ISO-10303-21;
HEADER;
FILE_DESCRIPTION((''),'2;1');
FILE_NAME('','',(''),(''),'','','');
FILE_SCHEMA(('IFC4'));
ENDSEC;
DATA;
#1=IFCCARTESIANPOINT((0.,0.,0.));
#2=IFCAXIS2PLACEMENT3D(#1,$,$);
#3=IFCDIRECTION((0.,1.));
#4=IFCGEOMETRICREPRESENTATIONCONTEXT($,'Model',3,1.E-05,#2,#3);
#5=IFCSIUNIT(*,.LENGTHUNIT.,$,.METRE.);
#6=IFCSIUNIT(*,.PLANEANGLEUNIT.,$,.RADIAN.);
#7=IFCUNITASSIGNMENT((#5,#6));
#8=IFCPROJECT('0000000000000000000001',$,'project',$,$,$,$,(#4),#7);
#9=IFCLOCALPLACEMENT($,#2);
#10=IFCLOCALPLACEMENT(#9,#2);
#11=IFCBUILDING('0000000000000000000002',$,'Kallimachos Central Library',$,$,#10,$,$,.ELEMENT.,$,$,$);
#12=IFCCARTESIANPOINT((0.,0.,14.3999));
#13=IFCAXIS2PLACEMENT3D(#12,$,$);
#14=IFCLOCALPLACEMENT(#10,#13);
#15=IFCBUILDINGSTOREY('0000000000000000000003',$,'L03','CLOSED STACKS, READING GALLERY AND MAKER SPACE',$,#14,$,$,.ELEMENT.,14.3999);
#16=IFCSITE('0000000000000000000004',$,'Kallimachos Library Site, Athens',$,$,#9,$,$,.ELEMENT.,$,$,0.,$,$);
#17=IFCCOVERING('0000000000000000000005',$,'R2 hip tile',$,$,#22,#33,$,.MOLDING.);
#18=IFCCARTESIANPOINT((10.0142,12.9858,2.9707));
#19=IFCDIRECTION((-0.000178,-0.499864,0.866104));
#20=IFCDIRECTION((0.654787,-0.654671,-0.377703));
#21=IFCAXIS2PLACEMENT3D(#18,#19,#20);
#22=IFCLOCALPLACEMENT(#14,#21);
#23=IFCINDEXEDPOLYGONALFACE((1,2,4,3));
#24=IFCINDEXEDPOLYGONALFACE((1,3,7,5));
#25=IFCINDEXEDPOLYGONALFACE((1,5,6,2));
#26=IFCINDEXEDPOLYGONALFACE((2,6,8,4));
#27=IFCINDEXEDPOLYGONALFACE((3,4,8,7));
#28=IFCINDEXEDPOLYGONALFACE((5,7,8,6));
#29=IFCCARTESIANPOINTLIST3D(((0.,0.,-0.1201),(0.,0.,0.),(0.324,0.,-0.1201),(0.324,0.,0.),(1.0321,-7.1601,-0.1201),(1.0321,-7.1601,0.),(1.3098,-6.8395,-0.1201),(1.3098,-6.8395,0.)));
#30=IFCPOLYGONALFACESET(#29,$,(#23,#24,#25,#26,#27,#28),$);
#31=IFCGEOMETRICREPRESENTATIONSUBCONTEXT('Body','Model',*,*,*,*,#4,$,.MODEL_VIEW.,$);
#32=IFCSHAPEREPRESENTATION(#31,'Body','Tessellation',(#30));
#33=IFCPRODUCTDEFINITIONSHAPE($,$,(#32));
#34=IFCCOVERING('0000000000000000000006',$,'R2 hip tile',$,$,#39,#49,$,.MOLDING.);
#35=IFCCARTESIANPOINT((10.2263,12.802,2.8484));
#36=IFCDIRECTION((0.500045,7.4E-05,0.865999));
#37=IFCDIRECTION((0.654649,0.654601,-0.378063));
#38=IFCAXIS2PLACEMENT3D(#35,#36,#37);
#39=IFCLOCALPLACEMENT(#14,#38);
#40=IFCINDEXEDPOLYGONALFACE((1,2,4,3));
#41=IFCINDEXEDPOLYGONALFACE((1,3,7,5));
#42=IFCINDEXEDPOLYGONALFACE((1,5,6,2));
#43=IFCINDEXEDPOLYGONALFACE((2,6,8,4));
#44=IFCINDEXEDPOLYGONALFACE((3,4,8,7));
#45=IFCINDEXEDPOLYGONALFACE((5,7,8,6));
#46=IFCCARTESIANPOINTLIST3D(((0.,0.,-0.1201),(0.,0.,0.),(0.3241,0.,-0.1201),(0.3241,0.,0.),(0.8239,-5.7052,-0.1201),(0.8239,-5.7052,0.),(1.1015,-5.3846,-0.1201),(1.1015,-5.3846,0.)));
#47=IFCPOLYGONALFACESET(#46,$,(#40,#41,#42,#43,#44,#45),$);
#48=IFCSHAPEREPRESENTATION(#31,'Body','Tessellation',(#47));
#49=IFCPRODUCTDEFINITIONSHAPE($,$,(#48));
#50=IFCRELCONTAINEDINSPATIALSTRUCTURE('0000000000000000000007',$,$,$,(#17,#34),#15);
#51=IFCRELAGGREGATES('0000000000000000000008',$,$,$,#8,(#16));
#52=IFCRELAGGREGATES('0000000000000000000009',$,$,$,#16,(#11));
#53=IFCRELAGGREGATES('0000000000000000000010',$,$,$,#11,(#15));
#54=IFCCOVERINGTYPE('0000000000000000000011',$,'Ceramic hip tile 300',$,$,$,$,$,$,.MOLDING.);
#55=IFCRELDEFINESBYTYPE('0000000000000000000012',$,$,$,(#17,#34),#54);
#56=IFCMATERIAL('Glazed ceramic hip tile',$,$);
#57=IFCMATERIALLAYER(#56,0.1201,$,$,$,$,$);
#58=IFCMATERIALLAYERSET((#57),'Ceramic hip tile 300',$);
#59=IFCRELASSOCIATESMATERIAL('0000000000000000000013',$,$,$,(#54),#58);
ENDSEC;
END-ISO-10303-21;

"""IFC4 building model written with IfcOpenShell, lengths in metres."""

from ifc_helpers import new_model, si_unit, direction, frame, origin, place, context, subcontext, project, spatial, polyline, outline, extrude, material, layer, layer_set, type_object, element, save


model = new_model("IFC4")

# Units and contexts
model_context = context("Model", 3, precision=1e-05, world=origin(), true_north=direction((0.0, 1.0)))
body_context = subcontext(model_context, "Body", "Model", "MODEL_VIEW")
ifc_project = project(units=[si_unit("LENGTHUNIT", "METRE"), si_unit("PLANEANGLEUNIT", "RADIAN")], contexts=[model_context])

# Site, building, storey
site_placement = place(None, origin())
site = spatial("IfcSite", under=ifc_project, at=site_placement, Name="Kallimachos Library Site, Athens", CompositionType="ELEMENT", RefElevation=0.0)
building_placement = place(site_placement, origin())
building = spatial("IfcBuilding", under=site, at=building_placement, Name="Kallimachos Central Library", CompositionType="ELEMENT")
storey_placement = place(building_placement, frame((0.0, 0.0, 14.3999)))
storey = spatial("IfcBuildingStorey", under=building, at=storey_placement, Name="L03", Description="CLOSED STACKS, READING GALLERY AND MAKER SPACE", CompositionType="ELEMENT", Elevation=14.3999)

# Coverings
ifc_material_1 = material(Name="Glazed ceramic hip tile")
ifc_layer_1 = layer(ifc_material_1, 0.1201)
ifc_layer_set_1 = layer_set([ifc_layer_1], Name="Ceramic hip tile 300")
covering_type_1 = type_object("IfcCoveringType", Name="Ceramic hip tile 300", PredefinedType="MOLDING", material=ifc_layer_set_1)
covering_1_placement = place(storey_placement, frame((10.0142, 12.9858, 2.9707), z_axis=(-0.000178, -0.499864, 0.866104), x_axis=(0.654787, -0.654671, -0.377703)))
element("IfcCovering", 1, at=covering_1_placement, inside=storey, type_object=covering_type_1, Name="R2 hip tile", PredefinedType="MOLDING", context=body_context, shape_type="SweptSolid", body=[
    extrude(outline(polyline([(0.0, 0.0), (0.324, 0.0), (1.3098, -6.8395), (1.0321, -7.1601), (0.0, 0.0)])), origin(), (0.0, 0.0, -1.0), 0.1201),
])
covering_2_placement = place(storey_placement, frame((10.2263, 12.802, 2.8484), z_axis=(0.500045, 0.000074, 0.865999), x_axis=(0.654649, 0.654601, -0.378063)))
element("IfcCovering", 2, at=covering_2_placement, inside=storey, type_object=covering_type_1, Name="R2 hip tile", PredefinedType="MOLDING", context=body_context, shape_type="SweptSolid", body=[
    extrude(outline(polyline([(0.0, 0.0), (0.3241, 0.0), (1.1015, -5.3846), (0.8239, -5.7052), (0.0, 0.0)])), origin(), (0.0, 0.0, -1.0), 0.1201),
])

save(model, "model.ifc")
